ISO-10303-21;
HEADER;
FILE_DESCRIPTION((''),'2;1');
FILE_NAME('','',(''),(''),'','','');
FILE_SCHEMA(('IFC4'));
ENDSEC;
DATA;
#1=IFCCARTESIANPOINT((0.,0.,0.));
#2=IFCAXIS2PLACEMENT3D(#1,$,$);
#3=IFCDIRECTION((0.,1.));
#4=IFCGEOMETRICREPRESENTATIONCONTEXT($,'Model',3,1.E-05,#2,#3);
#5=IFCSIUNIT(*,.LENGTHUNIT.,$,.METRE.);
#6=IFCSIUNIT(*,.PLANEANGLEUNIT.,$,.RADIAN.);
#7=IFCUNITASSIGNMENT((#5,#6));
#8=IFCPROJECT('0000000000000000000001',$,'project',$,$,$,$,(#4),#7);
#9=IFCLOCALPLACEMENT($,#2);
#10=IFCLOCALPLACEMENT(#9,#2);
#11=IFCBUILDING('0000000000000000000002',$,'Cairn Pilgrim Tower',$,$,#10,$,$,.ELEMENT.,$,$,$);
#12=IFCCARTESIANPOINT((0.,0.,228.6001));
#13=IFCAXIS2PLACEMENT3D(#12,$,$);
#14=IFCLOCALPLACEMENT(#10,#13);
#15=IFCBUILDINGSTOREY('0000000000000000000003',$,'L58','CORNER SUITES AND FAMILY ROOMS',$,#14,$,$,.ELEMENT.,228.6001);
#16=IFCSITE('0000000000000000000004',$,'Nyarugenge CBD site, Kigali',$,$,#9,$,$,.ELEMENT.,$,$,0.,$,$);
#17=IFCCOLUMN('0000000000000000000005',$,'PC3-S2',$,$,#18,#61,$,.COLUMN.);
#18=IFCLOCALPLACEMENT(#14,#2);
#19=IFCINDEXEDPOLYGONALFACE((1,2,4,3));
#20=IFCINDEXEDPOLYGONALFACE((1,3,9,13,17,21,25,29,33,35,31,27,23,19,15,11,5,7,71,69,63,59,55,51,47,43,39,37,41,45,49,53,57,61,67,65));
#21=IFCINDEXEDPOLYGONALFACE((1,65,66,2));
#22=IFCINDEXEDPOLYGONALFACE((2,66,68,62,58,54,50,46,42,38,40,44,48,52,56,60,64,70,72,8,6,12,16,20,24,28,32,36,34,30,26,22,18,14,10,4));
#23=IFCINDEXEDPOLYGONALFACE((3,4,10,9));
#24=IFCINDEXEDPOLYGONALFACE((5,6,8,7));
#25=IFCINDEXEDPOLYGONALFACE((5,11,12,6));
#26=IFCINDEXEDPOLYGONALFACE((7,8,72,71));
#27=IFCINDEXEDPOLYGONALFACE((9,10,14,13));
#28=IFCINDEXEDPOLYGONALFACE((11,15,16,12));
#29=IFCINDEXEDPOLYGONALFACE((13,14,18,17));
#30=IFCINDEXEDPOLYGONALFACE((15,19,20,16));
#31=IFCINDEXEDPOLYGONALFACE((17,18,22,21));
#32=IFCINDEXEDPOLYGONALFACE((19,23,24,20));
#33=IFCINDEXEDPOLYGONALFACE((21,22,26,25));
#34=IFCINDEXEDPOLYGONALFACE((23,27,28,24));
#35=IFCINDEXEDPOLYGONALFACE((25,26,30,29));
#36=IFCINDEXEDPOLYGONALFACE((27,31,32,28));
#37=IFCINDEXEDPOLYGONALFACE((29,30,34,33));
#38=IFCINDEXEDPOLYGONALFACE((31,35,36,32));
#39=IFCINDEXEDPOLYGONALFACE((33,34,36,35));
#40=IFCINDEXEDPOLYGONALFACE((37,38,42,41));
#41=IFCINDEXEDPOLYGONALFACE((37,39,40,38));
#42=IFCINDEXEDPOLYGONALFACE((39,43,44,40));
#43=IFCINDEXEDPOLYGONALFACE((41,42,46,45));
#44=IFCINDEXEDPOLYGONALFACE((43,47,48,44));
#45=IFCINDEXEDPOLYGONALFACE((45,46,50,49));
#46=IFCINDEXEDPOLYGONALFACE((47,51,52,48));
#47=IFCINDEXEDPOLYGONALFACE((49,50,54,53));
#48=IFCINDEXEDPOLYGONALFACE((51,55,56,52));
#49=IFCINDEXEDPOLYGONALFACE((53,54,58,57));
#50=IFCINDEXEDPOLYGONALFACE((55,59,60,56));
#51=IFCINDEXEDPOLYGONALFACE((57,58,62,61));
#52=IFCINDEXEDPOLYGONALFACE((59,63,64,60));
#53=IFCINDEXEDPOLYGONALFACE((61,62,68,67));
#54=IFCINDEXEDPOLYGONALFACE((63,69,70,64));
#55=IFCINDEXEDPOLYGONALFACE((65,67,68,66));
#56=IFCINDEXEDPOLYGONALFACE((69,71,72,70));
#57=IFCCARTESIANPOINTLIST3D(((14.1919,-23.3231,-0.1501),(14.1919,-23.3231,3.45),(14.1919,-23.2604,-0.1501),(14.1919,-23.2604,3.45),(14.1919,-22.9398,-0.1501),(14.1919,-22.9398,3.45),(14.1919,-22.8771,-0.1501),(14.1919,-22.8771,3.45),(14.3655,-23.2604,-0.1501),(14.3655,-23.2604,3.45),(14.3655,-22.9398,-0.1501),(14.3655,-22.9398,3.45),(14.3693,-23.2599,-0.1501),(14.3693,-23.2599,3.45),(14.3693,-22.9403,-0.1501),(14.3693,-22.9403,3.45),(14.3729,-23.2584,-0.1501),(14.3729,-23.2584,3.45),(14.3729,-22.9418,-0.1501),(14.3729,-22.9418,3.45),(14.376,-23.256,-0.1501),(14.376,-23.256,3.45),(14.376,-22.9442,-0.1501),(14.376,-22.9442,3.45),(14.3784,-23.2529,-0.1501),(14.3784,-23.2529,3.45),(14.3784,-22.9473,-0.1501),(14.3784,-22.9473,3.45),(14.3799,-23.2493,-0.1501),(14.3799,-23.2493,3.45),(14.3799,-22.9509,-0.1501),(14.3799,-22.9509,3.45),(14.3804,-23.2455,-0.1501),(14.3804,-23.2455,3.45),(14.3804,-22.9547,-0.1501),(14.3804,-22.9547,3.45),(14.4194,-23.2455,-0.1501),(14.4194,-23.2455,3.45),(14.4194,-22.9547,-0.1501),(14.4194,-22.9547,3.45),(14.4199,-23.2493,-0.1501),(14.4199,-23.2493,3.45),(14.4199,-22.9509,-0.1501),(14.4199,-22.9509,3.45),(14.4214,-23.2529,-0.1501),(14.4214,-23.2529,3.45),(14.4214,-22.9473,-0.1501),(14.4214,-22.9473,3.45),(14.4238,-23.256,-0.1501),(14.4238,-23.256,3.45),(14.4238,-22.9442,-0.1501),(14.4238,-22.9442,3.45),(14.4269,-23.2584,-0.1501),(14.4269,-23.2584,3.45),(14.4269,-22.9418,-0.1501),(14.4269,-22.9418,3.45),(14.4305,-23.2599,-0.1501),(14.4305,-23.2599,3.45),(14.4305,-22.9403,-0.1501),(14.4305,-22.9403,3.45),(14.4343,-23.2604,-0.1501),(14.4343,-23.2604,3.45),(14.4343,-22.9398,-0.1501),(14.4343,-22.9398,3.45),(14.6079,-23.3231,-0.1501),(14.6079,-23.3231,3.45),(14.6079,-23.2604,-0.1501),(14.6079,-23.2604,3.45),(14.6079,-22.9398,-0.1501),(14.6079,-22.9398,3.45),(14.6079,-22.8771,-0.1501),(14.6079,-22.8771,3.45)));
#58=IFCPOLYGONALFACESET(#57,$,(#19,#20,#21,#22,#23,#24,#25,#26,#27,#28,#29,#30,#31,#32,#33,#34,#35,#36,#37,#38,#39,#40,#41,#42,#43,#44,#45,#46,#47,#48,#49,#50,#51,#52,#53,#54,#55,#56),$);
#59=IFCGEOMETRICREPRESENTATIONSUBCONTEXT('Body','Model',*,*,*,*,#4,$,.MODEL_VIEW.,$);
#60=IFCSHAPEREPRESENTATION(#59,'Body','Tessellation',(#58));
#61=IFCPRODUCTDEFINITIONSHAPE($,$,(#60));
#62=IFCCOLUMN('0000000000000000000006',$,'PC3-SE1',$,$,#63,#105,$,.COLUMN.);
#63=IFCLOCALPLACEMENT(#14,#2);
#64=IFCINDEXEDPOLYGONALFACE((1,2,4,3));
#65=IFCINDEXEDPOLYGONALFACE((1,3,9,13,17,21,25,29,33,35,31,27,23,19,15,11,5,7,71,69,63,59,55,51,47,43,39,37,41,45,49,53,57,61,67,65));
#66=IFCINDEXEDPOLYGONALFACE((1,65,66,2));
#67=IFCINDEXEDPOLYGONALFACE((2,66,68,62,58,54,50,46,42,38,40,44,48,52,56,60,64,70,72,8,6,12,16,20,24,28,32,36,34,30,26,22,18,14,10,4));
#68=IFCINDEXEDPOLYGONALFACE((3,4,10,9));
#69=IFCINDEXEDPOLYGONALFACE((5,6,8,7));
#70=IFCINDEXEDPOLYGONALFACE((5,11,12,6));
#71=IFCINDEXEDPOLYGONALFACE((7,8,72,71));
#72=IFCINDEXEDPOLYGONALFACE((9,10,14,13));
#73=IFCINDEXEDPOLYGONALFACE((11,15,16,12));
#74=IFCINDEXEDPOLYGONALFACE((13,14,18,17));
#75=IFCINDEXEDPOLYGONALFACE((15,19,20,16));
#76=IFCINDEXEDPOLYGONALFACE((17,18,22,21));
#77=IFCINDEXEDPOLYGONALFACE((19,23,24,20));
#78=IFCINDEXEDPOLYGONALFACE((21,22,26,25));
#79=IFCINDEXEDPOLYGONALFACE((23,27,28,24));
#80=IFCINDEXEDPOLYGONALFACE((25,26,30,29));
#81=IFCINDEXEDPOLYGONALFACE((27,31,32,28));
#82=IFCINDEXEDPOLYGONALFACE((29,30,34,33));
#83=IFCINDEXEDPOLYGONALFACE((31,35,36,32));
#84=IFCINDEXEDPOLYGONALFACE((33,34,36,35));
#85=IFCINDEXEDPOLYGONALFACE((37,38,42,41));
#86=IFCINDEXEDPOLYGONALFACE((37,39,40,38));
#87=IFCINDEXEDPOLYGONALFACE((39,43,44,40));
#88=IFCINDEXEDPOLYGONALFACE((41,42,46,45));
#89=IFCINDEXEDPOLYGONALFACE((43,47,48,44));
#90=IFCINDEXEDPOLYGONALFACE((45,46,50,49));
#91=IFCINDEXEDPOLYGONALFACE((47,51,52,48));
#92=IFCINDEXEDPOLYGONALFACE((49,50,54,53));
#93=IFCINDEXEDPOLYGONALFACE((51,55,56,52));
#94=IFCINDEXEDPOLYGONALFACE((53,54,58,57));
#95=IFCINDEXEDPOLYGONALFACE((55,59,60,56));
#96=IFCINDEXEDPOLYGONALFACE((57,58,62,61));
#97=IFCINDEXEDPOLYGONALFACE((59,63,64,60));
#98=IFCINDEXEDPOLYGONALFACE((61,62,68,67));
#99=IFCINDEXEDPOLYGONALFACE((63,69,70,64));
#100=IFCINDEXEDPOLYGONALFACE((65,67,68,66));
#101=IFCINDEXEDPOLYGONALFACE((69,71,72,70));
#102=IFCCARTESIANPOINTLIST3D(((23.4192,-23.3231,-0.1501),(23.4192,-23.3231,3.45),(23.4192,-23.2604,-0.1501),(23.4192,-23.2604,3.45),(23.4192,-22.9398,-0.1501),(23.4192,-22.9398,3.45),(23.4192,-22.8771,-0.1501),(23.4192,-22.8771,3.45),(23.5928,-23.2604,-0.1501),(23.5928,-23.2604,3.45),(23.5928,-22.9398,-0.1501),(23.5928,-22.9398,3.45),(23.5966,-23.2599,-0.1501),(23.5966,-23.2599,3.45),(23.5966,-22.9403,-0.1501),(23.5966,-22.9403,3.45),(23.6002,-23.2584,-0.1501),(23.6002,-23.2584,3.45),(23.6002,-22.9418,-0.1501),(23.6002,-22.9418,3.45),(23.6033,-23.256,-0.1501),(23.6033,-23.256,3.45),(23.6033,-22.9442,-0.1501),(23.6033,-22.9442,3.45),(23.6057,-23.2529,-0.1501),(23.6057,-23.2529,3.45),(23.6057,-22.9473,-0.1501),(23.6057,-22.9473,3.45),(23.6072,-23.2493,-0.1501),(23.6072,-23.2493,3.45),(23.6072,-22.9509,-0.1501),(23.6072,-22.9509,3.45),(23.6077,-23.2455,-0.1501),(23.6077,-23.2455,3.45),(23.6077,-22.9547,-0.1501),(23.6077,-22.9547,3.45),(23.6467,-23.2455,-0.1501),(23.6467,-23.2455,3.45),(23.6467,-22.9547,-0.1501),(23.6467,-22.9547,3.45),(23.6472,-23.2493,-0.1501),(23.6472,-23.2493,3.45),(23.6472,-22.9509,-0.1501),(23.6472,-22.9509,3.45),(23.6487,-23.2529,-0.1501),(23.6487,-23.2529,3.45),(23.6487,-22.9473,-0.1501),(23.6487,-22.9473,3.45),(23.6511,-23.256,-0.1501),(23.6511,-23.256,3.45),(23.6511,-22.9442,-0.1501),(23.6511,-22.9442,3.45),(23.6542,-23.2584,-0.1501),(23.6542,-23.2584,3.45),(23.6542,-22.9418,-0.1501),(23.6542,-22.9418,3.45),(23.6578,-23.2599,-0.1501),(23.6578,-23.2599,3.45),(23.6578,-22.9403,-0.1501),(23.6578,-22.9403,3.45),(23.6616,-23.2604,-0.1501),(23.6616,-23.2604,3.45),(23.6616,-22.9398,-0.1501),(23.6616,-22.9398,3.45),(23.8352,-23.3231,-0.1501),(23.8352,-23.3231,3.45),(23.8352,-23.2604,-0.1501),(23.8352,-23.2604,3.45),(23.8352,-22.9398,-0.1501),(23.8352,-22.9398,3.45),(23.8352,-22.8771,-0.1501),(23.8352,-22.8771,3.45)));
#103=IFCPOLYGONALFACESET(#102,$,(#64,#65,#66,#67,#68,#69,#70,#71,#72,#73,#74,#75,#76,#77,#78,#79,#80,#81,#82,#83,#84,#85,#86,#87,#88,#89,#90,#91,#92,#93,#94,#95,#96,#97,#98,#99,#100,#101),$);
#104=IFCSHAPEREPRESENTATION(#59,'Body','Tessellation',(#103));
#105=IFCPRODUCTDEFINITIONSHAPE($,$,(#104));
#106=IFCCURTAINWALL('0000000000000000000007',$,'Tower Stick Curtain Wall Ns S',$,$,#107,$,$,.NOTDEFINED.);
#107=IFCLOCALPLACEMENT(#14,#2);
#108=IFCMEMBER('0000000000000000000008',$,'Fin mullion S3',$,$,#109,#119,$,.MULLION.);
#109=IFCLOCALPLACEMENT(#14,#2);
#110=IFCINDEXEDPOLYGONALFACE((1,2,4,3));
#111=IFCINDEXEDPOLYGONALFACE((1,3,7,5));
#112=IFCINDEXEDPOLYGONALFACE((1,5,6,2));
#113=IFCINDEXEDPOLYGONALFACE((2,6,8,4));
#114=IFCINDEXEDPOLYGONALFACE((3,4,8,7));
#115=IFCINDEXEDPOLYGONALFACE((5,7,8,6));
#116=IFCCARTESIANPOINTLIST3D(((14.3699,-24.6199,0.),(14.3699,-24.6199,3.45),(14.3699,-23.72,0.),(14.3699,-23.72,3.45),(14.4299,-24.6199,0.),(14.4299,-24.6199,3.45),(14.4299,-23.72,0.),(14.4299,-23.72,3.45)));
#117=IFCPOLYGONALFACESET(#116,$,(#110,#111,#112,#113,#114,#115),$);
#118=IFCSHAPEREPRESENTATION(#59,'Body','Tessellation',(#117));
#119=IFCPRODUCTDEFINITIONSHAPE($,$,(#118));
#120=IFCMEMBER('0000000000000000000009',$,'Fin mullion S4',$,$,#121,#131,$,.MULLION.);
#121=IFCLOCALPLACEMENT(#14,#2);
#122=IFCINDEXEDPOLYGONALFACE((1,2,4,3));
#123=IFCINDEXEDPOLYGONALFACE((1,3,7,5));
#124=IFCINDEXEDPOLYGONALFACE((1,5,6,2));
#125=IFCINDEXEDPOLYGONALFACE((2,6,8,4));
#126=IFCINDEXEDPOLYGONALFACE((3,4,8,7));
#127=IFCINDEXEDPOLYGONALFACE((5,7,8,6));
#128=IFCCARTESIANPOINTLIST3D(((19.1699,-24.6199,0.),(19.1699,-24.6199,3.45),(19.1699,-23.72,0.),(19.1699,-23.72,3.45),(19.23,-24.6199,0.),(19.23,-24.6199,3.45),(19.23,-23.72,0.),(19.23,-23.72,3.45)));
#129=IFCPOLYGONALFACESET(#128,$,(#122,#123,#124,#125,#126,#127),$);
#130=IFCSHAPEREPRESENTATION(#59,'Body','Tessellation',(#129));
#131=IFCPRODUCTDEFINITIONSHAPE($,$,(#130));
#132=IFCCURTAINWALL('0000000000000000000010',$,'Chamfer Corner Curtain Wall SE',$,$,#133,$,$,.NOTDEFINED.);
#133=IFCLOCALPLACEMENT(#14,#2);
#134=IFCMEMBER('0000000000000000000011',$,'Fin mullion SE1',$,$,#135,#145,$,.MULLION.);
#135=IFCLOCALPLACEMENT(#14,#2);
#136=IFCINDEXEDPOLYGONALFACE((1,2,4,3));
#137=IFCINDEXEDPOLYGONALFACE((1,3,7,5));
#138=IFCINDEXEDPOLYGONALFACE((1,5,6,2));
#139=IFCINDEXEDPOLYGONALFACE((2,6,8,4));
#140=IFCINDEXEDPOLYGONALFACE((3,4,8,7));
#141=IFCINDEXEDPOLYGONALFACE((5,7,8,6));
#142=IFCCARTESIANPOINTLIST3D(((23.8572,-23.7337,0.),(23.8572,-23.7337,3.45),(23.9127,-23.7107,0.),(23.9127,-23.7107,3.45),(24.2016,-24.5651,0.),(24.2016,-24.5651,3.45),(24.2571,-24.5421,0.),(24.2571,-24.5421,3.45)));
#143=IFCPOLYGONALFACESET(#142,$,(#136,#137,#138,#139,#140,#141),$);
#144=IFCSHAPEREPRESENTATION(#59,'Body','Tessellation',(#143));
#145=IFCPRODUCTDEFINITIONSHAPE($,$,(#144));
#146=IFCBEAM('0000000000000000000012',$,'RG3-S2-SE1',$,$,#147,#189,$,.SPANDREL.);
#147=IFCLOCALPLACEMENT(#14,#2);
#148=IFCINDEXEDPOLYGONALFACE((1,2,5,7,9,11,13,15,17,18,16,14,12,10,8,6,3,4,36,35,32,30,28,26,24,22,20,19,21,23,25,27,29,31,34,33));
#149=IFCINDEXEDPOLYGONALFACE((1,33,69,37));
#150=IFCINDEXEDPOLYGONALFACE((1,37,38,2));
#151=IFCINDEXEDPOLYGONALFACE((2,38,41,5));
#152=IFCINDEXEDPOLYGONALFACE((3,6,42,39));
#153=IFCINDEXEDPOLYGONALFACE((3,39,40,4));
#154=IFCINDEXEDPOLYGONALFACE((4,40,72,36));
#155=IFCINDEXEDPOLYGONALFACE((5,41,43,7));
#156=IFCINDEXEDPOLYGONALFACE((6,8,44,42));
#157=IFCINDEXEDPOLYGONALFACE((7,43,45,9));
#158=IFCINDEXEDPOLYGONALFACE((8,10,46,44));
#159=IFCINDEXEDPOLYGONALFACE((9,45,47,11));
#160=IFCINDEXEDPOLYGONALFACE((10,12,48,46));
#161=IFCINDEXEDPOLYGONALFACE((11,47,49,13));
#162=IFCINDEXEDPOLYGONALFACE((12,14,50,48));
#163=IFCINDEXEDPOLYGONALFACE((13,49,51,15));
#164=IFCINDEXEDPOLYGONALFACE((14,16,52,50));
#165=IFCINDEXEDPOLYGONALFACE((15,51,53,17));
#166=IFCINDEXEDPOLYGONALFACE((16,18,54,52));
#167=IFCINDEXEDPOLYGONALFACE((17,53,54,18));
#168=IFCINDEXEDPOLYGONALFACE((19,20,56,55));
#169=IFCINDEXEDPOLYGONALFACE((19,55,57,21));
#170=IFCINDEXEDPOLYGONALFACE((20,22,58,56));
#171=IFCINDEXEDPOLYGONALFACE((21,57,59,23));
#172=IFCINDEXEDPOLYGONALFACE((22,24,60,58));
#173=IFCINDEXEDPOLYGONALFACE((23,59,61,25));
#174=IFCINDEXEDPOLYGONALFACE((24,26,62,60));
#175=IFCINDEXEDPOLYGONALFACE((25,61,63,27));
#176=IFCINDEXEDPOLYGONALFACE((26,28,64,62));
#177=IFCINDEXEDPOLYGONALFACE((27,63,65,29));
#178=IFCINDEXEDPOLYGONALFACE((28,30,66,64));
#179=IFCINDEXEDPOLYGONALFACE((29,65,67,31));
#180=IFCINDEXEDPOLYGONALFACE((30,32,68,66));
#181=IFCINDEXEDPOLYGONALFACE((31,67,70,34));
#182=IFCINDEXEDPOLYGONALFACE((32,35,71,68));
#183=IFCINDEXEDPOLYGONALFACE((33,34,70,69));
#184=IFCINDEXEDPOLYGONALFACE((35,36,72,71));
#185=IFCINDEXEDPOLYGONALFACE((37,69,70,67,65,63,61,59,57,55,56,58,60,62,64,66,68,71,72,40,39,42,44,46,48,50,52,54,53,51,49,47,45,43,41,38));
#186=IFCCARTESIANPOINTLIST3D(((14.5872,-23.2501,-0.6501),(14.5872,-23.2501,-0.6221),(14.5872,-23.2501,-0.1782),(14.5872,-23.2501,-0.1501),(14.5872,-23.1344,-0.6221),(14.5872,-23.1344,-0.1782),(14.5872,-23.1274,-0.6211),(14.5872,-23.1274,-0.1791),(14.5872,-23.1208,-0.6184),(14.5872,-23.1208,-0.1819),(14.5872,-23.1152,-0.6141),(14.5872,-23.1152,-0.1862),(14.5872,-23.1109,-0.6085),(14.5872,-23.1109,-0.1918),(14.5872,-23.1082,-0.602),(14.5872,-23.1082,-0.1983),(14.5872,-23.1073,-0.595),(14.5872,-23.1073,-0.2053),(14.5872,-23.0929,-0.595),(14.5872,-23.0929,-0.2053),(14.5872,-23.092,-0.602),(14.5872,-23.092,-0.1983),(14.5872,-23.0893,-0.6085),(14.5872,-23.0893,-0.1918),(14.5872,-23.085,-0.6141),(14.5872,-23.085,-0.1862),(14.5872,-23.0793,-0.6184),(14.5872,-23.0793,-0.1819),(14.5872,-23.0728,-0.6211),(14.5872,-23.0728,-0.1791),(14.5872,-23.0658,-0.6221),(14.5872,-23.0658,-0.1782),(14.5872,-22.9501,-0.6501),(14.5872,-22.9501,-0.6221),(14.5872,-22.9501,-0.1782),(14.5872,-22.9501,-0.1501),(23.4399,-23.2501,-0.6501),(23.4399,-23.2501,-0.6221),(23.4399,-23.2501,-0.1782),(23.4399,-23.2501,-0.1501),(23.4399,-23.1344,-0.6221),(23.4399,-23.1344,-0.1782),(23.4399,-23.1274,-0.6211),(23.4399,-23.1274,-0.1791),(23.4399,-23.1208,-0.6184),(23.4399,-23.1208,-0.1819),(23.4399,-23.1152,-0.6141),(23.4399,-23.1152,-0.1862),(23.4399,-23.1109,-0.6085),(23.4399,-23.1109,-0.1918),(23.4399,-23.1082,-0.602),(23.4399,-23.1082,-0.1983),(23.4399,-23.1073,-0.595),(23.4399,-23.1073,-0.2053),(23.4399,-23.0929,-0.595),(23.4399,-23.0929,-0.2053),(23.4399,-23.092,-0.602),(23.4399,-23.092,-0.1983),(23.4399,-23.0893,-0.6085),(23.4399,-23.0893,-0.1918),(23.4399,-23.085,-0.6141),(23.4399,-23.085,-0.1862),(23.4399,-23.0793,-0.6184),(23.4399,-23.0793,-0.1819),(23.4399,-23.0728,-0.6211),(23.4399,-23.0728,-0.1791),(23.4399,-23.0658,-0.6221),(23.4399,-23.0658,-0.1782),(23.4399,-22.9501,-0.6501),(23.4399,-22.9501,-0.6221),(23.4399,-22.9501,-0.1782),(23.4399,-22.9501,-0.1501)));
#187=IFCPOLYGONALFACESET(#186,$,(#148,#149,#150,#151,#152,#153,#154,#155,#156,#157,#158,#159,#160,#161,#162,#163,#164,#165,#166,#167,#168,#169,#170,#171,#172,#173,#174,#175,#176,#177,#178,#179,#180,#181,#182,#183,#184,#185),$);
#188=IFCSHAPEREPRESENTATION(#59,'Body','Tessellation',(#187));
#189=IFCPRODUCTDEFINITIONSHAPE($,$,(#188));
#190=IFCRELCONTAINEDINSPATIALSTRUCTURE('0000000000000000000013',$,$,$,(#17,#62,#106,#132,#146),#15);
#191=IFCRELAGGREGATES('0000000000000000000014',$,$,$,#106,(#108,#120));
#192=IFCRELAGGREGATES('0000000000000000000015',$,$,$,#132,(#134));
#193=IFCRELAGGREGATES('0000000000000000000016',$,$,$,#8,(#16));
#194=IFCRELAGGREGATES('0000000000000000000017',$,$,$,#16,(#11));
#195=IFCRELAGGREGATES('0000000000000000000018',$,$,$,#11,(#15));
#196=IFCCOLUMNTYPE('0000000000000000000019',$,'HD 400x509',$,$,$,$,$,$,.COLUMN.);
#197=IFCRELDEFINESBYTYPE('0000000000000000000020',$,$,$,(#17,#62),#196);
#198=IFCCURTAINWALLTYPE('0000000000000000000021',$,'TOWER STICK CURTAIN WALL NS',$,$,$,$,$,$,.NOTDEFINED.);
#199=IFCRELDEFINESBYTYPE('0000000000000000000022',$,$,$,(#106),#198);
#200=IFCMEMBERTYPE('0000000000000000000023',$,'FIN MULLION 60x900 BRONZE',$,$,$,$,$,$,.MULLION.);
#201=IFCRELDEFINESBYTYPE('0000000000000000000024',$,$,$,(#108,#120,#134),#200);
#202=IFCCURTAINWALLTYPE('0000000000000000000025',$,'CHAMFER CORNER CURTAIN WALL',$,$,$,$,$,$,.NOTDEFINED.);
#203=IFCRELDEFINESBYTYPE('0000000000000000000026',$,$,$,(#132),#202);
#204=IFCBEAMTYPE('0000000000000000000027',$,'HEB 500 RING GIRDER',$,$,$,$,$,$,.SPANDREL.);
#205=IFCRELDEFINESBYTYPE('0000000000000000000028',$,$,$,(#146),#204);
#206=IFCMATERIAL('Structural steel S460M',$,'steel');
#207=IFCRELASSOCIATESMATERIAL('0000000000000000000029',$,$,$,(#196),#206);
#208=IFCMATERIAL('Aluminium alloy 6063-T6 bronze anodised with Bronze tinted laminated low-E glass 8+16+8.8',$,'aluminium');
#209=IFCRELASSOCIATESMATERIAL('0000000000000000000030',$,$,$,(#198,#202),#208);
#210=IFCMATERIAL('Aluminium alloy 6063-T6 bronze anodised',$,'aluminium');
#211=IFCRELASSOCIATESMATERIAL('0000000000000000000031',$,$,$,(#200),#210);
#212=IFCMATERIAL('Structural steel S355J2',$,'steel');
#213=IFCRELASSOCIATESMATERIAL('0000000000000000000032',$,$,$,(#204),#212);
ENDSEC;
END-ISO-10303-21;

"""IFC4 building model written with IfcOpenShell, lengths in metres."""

from ifc_helpers import new_model, si_unit, direction, frame, origin, origin_2d, place, context, subcontext, project, spatial, rectangle, i_section, extrude, material, material_profile, profile_set, type_object, element, aggregate, save


model = new_model("IFC4")

# Units and contexts
model_context = context("Model", 3, precision=1e-05, world=origin(), true_north=direction((0.0, 1.0)))
body_context = subcontext(model_context, "Body", "Model", "MODEL_VIEW")
ifc_project = project(units=[si_unit("LENGTHUNIT", "METRE"), si_unit("PLANEANGLEUNIT", "RADIAN")], contexts=[model_context])

# Site, building, storey
site_placement = place(None, origin())
site = spatial("IfcSite", under=ifc_project, at=site_placement, Name="Nyarugenge CBD site, Kigali", CompositionType="ELEMENT", RefElevation=0.0)
building_placement = place(site_placement, origin())
building = spatial("IfcBuilding", under=site, at=building_placement, Name="Cairn Pilgrim Tower", CompositionType="ELEMENT")
storey_placement = place(building_placement, frame((0.0, 0.0, 228.6001)))
storey = spatial("IfcBuildingStorey", under=building, at=storey_placement, Name="L58", Description="CORNER SUITES AND FAMILY ROOMS", CompositionType="ELEMENT", Elevation=228.6001)

# Columns
ifc_material_1 = material(Name="Structural steel S460M", Category="steel")
ifc_material_profile_1 = material_profile(ifc_material_1, i_section(OverallWidth=0.416, OverallDepth=0.446, WebThickness=0.0391, FlangeThickness=0.0627, FilletRadius=0.0149, at=origin_2d()), Name="HD 400x509")
ifc_profile_set_1 = profile_set([ifc_material_profile_1], Name="Structural steel S460M")
column_type = type_object("IfcColumnType", Name="HD 400x509", PredefinedType="COLUMN", material=ifc_profile_set_1)
for number, where, z_axis, x_axis, name in (
    (1, (14.3999, -23.1001, -0.1501), (0.0, 0.0, 1.0), (1.0, 0.0, 0.0), "PC3-S2"),
    (2, (23.6272, -23.1001, -0.1501), (0.0, 0.0, 1.0), (1.0, 0.0, 0.0), "PC3-SE1"),
):
    element("IfcColumn", number, at=place(storey_placement, frame(where, z_axis=z_axis, x_axis=x_axis)), inside=storey, type_object=column_type, Name=name, PredefinedType="COLUMN", context=body_context, shape_type="SweptSolid", body=[
        extrude(i_section(OverallWidth=0.416, OverallDepth=0.446, WebThickness=0.0391, FlangeThickness=0.0627, FilletRadius=0.0149, at=origin_2d()), origin(), (0.0, 0.0, 1.0), 3.6001),
    ])

# Curtain wall, members
ifc_material_2 = material(Name="Aluminium alloy 6063-T6 bronze anodised with Bronze tinted laminated low-E glass 8+16+8.8", Category="aluminium")
curtain_wall_type_1 = type_object("IfcCurtainWallType", Name="TOWER STICK CURTAIN WALL NS", PredefinedType="NOTDEFINED", material=ifc_material_2)
curtain_wall_1_placement = place(storey_placement, origin())
curtain_wall_1 = element("IfcCurtainWall", 3, at=curtain_wall_1_placement, inside=storey, type_object=curtain_wall_type_1, Name="Tower Stick Curtain Wall Ns S", PredefinedType="NOTDEFINED")
ifc_material_3 = material(Name="Aluminium alloy 6063-T6 bronze anodised", Category="aluminium")
ifc_material_profile_2 = material_profile(ifc_material_3, rectangle(XDim=0.8999, YDim=0.0601, at=origin_2d()), Name="FIN MULLION 60x900 BRONZE")
ifc_profile_set_2 = profile_set([ifc_material_profile_2], Name="Aluminium alloy 6063-T6 bronze anodised")
member_type = type_object("IfcMemberType", Name="FIN MULLION 60x900 BRONZE", PredefinedType="MULLION", material=ifc_profile_set_2)
member_1_placement = place(storey_placement, frame((14.3999, -24.1699, 0.0), z_axis=(0.0, 0.0, 1.0), x_axis=(0.0, -1.0, 0.0)))
member_1 = element("IfcMember", 4, at=member_1_placement, type_object=member_type, Name="Fin mullion S3", PredefinedType="MULLION", context=body_context, shape_type="SweptSolid", body=[
    extrude(rectangle(XDim=0.8999, YDim=0.0601, at=origin_2d()), origin(), (0.0, 0.0, 1.0), 3.45),
])
member_2_placement = place(storey_placement, frame((19.2, -24.1699, 0.0), z_axis=(0.0, 0.0, 1.0), x_axis=(0.0, -1.0, 0.0)))
member_2 = element("IfcMember", 5, at=member_2_placement, type_object=member_type, Name="Fin mullion S4", PredefinedType="MULLION", context=body_context, shape_type="SweptSolid", body=[
    extrude(rectangle(XDim=0.8999, YDim=0.0601, at=origin_2d()), origin(), (0.0, 0.0, 1.0), 3.45),
])
aggregate(curtain_wall_1, [member_1, member_2])

# Curtain wall, member
curtain_wall_type_2 = type_object("IfcCurtainWallType", Name="CHAMFER CORNER CURTAIN WALL", PredefinedType="NOTDEFINED", material=ifc_material_2)
curtain_wall_2_placement = place(storey_placement, origin())
curtain_wall_2 = element("IfcCurtainWall", 6, at=curtain_wall_2_placement, inside=storey, type_object=curtain_wall_type_2, Name="Chamfer Corner Curtain Wall SE", PredefinedType="NOTDEFINED")
member_3_placement = place(storey_placement, frame((24.0571, -24.1379, 0.0), z_axis=(0.0, 0.0, 1.0), x_axis=(0.382683, -0.92388, 0.0)))
member_3 = element("IfcMember", 7, at=member_3_placement, type_object=member_type, Name="Fin mullion SE1", PredefinedType="MULLION", context=body_context, shape_type="SweptSolid", body=[
    extrude(rectangle(XDim=0.8999, YDim=0.0601, at=origin_2d()), origin(), (0.0, 0.0, 1.0), 3.45),
])
aggregate(curtain_wall_2, [member_3])

# Beam
ifc_material_4 = material(Name="Structural steel S355J2", Category="steel")
ifc_material_profile_3 = material_profile(ifc_material_4, i_section(OverallWidth=0.3, OverallDepth=0.5, WebThickness=0.0144, FlangeThickness=0.0281, FilletRadius=0.0271, at=origin_2d()), Name="HEB 500")
ifc_profile_set_3 = profile_set([ifc_material_profile_3], Name="Structural steel S355J2")
beam_type = type_object("IfcBeamType", Name="HEB 500 RING GIRDER", PredefinedType="SPANDREL", material=ifc_profile_set_3)
beam_placement = place(storey_placement, frame((14.5872, -23.1001, -0.4001), z_axis=(1.0, 0.0, 0.0), x_axis=(0.0, 1.0, 0.0)))
element("IfcBeam", 8, at=beam_placement, inside=storey, type_object=beam_type, Name="RG3-S2-SE1", PredefinedType="SPANDREL", context=body_context, shape_type="SweptSolid", body=[
    extrude(i_section(OverallWidth=0.3, OverallDepth=0.5, WebThickness=0.0144, FlangeThickness=0.0281, FilletRadius=0.0271, at=origin_2d()), origin(), (0.0, 0.0, 1.0), 8.8528),
])

save(model, "model.ifc")
